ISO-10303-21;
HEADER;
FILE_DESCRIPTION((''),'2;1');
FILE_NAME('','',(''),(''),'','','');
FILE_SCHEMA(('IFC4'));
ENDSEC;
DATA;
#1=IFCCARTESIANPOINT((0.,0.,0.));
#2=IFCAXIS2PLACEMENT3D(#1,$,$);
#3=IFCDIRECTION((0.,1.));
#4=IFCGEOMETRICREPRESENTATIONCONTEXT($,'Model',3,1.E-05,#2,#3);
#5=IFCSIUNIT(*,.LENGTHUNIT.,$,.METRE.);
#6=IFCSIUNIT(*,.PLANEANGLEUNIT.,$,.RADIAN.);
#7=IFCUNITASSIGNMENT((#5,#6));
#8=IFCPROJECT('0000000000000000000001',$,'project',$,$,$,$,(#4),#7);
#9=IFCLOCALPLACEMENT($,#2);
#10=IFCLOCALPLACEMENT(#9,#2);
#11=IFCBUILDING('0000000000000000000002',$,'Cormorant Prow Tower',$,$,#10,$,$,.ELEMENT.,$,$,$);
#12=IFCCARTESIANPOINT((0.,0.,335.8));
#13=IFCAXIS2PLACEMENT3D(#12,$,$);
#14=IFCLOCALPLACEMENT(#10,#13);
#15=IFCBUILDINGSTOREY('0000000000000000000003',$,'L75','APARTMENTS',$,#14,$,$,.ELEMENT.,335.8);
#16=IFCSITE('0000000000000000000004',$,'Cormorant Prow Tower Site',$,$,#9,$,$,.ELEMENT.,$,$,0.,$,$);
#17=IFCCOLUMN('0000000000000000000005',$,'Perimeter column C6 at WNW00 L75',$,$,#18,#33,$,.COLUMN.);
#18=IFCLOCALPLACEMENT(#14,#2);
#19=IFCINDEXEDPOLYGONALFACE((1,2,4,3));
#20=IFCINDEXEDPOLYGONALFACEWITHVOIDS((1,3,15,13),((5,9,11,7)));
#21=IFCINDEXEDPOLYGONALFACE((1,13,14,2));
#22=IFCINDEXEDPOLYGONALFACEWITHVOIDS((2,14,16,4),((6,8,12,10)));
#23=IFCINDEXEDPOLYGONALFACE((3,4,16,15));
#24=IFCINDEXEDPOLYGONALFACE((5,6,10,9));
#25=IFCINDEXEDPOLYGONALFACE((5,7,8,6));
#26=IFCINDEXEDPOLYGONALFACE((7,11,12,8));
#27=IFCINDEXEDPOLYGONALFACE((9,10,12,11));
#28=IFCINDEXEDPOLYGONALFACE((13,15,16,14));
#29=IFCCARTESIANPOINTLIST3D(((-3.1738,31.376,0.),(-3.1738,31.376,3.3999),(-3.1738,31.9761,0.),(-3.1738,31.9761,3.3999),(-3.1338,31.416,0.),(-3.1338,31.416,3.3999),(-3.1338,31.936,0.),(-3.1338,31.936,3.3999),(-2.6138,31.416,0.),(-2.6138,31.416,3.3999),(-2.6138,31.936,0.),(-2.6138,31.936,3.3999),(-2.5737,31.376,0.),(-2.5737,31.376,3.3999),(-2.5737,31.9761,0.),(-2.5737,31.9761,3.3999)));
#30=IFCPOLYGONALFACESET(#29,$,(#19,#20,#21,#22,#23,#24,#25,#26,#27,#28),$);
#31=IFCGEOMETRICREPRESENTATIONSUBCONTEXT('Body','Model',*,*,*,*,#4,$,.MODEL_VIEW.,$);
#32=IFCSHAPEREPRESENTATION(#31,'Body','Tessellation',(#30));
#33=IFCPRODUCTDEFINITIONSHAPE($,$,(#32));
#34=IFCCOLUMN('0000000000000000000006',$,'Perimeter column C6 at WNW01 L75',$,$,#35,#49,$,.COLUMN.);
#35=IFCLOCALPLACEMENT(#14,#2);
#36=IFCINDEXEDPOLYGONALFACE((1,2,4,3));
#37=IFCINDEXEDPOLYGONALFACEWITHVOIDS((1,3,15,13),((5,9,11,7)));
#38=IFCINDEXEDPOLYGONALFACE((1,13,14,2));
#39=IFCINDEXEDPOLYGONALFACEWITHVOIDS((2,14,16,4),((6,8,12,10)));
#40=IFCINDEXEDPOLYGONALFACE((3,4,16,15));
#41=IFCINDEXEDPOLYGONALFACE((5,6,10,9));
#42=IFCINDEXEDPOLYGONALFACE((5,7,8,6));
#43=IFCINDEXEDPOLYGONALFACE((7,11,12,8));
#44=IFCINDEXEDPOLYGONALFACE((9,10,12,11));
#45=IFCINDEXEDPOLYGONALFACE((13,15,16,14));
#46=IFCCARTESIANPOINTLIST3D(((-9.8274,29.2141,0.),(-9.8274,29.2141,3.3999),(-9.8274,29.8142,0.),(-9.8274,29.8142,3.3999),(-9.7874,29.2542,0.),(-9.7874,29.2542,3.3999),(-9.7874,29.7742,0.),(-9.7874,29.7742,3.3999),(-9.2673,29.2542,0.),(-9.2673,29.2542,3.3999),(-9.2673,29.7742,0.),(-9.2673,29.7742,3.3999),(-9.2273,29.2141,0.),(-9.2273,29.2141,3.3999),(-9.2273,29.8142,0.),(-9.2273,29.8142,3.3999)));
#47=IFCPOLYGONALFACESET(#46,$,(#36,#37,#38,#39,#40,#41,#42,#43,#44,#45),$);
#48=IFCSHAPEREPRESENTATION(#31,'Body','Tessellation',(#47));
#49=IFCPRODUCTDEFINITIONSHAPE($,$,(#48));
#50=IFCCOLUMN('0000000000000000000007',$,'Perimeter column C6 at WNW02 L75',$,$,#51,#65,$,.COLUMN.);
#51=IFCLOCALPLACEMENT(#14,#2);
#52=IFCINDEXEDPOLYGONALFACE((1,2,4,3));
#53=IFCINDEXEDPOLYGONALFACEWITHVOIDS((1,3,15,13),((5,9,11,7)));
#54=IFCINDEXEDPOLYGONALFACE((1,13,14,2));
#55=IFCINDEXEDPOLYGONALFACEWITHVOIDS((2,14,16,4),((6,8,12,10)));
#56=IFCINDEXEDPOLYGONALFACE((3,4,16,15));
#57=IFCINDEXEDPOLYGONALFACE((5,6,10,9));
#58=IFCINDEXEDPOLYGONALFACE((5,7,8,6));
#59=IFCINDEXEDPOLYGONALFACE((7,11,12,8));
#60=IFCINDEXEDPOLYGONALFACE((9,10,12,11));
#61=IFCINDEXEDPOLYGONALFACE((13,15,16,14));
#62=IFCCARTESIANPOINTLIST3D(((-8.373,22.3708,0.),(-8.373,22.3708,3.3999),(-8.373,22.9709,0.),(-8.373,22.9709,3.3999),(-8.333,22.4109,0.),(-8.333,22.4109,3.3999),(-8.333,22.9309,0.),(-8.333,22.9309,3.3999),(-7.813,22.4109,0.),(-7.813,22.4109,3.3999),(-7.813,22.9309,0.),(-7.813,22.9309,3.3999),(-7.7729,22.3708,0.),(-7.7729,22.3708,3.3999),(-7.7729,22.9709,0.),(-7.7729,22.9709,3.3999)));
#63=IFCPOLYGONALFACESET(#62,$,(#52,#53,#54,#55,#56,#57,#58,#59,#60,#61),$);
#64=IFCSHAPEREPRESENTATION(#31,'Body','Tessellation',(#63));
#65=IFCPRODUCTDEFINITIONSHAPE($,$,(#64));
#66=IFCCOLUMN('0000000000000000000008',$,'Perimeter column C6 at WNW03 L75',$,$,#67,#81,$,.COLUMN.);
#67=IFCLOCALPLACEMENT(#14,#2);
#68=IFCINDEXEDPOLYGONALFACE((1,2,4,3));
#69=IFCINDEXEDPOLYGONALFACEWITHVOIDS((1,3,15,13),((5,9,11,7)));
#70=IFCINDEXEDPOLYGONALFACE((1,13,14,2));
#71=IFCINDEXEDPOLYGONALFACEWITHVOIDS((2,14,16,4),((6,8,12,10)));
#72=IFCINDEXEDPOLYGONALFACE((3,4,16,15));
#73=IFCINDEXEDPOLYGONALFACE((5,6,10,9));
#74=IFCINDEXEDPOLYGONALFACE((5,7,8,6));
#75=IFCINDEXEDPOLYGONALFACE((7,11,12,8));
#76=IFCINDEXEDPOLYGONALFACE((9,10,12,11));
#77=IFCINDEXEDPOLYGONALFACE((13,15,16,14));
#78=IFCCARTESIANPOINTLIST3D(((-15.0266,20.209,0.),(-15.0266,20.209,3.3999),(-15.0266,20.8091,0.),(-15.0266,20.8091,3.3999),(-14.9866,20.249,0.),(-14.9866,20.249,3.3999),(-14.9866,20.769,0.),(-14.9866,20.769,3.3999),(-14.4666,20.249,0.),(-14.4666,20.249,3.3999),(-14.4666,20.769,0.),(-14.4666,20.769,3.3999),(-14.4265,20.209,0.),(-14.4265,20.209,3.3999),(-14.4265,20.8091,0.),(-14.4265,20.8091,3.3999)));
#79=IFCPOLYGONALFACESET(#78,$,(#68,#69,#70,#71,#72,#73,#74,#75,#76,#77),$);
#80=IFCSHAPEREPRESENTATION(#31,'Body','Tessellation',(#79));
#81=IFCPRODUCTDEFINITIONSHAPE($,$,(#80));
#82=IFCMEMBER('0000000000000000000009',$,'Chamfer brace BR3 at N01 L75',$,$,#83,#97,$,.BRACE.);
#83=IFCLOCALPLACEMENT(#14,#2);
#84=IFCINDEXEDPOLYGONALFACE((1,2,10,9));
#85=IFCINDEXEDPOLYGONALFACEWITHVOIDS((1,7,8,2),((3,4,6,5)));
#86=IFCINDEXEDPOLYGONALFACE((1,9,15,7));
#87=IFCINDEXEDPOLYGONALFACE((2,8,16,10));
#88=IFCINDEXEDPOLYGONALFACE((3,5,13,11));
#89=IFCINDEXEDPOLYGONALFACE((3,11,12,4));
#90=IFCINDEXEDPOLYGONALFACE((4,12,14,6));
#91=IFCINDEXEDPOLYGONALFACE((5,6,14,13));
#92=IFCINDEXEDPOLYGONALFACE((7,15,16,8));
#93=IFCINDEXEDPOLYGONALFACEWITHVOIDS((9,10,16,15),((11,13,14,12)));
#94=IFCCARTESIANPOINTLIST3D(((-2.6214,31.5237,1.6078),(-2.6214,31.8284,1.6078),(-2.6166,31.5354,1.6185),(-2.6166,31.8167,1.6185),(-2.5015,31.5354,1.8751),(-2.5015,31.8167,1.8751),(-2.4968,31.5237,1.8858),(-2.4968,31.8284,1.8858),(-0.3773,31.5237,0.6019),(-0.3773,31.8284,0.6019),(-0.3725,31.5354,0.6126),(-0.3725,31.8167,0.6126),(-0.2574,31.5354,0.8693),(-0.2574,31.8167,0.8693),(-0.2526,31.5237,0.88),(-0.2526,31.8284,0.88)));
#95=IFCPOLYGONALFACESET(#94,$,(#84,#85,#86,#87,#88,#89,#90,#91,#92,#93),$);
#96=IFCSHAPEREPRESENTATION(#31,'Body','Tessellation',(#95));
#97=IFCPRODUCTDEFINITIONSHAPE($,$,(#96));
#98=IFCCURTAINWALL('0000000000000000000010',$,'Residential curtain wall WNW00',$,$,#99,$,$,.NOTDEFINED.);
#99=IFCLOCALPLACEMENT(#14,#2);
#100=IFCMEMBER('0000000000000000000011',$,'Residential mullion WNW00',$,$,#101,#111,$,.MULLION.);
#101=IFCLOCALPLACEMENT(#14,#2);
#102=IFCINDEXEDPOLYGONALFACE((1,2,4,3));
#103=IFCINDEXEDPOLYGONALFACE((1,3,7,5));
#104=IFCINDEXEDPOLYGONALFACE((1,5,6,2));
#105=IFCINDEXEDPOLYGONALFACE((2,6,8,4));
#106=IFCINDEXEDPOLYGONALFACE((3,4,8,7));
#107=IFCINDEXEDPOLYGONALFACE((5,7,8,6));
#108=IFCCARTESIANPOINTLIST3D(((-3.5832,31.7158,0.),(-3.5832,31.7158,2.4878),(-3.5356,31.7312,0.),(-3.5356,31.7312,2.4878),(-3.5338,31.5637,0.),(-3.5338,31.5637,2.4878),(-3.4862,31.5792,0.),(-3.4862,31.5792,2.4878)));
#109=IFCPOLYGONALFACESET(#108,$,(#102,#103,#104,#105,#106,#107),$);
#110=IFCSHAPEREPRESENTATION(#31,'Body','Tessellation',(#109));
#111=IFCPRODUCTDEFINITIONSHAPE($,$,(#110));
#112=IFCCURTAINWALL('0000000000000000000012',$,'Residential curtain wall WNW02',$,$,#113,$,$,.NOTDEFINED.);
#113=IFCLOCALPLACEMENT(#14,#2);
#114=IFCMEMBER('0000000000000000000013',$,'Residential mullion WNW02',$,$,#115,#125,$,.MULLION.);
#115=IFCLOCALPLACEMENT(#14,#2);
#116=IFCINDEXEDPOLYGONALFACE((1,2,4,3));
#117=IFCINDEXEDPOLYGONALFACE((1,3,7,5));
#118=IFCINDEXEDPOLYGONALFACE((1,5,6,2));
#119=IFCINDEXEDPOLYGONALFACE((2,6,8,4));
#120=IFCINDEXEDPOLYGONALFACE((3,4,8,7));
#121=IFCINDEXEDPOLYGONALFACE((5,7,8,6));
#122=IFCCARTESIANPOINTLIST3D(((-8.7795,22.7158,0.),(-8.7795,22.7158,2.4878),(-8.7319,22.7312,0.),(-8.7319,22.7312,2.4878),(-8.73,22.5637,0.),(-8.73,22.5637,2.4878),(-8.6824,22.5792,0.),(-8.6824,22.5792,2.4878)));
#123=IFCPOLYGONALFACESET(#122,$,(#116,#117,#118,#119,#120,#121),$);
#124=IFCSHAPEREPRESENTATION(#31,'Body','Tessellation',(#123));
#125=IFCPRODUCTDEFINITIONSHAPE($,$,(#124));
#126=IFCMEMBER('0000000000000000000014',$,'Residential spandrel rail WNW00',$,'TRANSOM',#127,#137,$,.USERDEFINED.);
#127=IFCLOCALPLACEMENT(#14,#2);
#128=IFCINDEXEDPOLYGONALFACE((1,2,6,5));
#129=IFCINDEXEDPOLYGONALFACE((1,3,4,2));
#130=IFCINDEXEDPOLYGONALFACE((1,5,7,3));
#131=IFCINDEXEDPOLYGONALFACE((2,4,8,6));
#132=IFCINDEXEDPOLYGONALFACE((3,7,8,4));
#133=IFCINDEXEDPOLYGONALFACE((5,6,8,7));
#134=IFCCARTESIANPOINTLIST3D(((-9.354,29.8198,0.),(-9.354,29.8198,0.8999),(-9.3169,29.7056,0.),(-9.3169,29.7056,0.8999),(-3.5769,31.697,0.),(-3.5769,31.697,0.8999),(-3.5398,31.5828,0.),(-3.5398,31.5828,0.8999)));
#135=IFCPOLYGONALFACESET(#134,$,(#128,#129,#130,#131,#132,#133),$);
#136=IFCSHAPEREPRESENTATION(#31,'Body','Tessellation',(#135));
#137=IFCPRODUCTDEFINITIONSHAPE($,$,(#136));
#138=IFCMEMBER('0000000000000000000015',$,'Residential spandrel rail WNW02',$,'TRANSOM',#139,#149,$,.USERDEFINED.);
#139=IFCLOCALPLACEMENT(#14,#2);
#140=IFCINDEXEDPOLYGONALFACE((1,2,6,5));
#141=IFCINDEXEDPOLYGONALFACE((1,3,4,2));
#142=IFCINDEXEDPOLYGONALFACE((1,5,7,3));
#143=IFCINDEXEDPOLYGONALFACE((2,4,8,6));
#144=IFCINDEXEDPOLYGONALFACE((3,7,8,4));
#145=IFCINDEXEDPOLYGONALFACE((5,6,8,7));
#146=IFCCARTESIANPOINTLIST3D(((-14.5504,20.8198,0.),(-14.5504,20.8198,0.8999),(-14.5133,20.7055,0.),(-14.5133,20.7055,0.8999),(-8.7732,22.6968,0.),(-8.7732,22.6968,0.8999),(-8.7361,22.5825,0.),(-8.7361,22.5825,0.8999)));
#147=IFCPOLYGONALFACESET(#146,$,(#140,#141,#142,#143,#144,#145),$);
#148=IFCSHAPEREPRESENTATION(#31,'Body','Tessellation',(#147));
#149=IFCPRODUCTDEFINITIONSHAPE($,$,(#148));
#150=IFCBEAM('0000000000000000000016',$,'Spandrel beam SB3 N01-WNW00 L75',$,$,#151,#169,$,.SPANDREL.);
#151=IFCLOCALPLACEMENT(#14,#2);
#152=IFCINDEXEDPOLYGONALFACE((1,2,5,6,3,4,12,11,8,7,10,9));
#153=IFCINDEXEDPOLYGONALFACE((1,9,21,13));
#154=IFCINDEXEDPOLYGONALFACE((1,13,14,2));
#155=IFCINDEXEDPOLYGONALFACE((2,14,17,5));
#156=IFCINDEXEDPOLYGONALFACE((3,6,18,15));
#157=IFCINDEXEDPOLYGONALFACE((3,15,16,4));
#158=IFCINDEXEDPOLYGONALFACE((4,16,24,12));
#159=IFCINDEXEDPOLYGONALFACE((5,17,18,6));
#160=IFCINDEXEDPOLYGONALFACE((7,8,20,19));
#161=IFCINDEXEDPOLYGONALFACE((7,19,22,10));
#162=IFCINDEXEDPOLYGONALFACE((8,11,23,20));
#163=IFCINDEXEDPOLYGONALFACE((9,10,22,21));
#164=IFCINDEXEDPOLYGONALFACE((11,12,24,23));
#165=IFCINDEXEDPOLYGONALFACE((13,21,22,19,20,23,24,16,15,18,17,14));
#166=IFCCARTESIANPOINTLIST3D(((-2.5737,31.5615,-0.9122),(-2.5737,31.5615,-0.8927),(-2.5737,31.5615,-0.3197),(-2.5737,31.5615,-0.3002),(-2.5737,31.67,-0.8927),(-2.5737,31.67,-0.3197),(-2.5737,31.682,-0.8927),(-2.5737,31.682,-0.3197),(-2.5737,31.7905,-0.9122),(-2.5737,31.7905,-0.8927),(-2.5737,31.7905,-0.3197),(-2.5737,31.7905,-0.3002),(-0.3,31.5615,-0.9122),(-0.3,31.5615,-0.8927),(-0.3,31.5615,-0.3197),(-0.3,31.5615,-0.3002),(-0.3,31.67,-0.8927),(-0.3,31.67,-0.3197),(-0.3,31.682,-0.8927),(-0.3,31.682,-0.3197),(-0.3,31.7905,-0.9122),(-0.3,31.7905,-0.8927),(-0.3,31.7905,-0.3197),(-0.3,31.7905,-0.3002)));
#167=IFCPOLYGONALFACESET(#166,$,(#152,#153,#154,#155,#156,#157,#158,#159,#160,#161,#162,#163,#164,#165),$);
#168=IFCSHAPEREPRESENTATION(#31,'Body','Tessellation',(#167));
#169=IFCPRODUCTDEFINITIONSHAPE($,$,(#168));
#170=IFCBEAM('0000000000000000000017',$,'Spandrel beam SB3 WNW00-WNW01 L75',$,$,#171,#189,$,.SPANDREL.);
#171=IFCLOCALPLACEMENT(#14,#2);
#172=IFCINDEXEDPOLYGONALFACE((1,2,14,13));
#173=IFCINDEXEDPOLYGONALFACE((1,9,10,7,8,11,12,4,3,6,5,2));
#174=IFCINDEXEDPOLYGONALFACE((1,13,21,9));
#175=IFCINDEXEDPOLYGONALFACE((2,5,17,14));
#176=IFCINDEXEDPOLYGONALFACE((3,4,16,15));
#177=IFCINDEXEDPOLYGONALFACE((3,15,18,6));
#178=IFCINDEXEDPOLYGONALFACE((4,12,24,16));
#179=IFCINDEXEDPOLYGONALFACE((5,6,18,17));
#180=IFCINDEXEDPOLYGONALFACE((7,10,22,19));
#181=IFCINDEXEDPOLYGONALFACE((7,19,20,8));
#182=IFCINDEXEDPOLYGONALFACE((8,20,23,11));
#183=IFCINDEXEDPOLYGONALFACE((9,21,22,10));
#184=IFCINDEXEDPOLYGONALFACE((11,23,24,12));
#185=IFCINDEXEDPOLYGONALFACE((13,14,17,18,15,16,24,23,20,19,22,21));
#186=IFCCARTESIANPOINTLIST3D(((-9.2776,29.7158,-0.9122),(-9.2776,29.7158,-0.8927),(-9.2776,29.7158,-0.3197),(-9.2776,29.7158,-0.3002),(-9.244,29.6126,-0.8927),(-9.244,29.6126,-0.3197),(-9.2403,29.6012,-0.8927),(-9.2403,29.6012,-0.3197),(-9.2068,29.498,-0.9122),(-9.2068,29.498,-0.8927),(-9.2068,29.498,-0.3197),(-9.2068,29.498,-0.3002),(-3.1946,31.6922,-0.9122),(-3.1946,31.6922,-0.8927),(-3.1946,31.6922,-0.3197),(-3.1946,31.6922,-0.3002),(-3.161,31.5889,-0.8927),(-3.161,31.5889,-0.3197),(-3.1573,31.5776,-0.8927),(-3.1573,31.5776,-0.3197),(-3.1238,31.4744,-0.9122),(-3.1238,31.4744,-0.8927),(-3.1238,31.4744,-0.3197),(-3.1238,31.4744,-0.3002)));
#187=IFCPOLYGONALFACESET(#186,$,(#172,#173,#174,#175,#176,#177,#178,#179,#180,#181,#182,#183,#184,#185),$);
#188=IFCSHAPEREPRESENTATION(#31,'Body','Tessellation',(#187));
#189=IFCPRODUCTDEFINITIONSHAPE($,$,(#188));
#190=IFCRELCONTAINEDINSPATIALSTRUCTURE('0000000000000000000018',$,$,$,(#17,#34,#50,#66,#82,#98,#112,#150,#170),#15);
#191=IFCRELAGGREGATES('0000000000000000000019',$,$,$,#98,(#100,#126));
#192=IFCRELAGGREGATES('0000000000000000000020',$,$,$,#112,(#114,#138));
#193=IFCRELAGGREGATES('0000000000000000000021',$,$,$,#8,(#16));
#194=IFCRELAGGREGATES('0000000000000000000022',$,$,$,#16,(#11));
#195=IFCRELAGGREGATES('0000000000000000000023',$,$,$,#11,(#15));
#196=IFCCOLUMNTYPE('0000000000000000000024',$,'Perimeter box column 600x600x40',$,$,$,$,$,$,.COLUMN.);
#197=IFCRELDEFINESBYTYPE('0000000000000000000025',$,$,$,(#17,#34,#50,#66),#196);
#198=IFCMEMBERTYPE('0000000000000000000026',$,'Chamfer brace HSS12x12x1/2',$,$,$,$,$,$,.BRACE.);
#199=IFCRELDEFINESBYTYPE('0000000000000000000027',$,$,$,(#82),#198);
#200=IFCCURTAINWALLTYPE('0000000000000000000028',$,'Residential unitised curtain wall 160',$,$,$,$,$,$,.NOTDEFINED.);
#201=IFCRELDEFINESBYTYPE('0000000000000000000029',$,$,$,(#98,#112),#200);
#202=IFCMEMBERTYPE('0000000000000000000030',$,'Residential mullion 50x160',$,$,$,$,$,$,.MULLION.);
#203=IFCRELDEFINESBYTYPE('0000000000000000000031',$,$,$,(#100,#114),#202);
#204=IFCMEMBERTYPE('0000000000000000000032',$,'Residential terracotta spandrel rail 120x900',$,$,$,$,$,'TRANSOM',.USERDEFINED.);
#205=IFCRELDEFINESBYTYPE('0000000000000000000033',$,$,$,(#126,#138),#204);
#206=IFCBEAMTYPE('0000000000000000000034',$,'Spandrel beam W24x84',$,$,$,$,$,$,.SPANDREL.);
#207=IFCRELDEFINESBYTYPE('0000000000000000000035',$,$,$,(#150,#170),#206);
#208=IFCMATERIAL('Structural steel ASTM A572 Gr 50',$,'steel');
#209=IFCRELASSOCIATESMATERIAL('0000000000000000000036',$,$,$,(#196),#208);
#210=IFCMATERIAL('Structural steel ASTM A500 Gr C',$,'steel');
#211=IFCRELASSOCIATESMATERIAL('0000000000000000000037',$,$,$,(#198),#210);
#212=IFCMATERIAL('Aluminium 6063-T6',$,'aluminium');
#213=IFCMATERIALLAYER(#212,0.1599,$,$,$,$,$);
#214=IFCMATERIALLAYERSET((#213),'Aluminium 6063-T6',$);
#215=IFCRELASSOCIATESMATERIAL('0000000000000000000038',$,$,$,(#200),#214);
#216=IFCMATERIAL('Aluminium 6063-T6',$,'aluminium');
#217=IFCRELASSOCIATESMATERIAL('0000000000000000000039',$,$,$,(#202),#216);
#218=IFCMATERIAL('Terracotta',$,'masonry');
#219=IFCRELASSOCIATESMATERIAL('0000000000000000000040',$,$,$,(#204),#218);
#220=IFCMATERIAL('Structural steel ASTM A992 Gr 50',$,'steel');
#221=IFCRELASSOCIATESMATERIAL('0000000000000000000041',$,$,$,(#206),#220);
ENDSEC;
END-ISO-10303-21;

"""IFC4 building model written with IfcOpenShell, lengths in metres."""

from ifc_helpers import new_model, si_unit, direction, frame, origin, origin_2d, place, context, subcontext, project, spatial, rectangle, hollow_rectangle, i_section, extrude, material, layer, layer_set, material_profile, profile_set, type_object, element, aggregate, save


model = new_model("IFC4")

# Units and contexts
model_context = context("Model", 3, precision=1e-05, world=origin(), true_north=direction((0.0, 1.0)))
body_context = subcontext(model_context, "Body", "Model", "MODEL_VIEW")
ifc_project = project(units=[si_unit("LENGTHUNIT", "METRE"), si_unit("PLANEANGLEUNIT", "RADIAN")], contexts=[model_context])

# Site, building, storey
site_placement = place(None, origin())
site = spatial("IfcSite", under=ifc_project, at=site_placement, Name="Cormorant Prow Tower Site", CompositionType="ELEMENT", RefElevation=0.0)
building_placement = place(site_placement, origin())
building = spatial("IfcBuilding", under=site, at=building_placement, Name="Cormorant Prow Tower", CompositionType="ELEMENT")
storey_placement = place(building_placement, frame((0.0, 0.0, 335.8)))
storey = spatial("IfcBuildingStorey", under=building, at=storey_placement, Name="L75", Description="APARTMENTS", CompositionType="ELEMENT", Elevation=335.8)

# Columns
ifc_material_1 = material(Name="Structural steel ASTM A572 Gr 50", Category="steel")
ifc_material_profile_1 = material_profile(ifc_material_1, hollow_rectangle(XDim=0.6001, YDim=0.6001, WallThickness=0.04, at=origin_2d()), Name="Box 600x600x40")
ifc_profile_set_1 = profile_set([ifc_material_profile_1], Name="Structural steel ASTM A572 Gr 50")
column_type = type_object("IfcColumnType", Name="Perimeter box column 600x600x40", PredefinedType="COLUMN", material=ifc_profile_set_1)
for number, where, z_axis, x_axis, name in (
    (1, (-2.8738, 31.676, 0.0), (0.0, 0.0, 1.0), (1.0, 0.0, 0.0), "Perimeter column C6 at WNW00 L75"),
    (2, (-9.5273, 29.5142, 0.0), (0.0, 0.0, 1.0), (1.0, 0.0, 0.0), "Perimeter column C6 at WNW01 L75"),
    (3, (-8.073, 22.6709, 0.0), (0.0, 0.0, 1.0), (1.0, 0.0, 0.0), "Perimeter column C6 at WNW02 L75"),
    (4, (-14.7266, 20.509, 0.0), (0.0, 0.0, 1.0), (1.0, 0.0, 0.0), "Perimeter column C6 at WNW03 L75"),
):
    element("IfcColumn", number, at=place(storey_placement, frame(where, z_axis=z_axis, x_axis=x_axis)), inside=storey, type_object=column_type, Name=name, PredefinedType="COLUMN", context=body_context, shape_type="SweptSolid", body=[
        extrude(hollow_rectangle(XDim=0.6001, YDim=0.6001, WallThickness=0.04, at=origin_2d()), origin(), (0.0, 0.0, 1.0), 3.3999),
    ])

# Member
ifc_material_2 = material(Name="Structural steel ASTM A500 Gr C", Category="steel")
ifc_material_profile_2 = material_profile(ifc_material_2, hollow_rectangle(XDim=0.3047, YDim=0.3047, WallThickness=0.0117, at=origin_2d()), Name="HSS12x12x1/2")
ifc_profile_set_2 = profile_set([ifc_material_profile_2], Name="Structural steel ASTM A500 Gr C")
member_type_1 = type_object("IfcMemberType", Name="Chamfer brace HSS12x12x1/2", PredefinedType="BRACE", material=ifc_profile_set_2)
member_1_placement = place(storey_placement, frame((-0.3149, 31.676, 0.741), z_axis=(-0.91253, 0.0, 0.40901), x_axis=(0.0, -1.0, 0.0)))
element("IfcMember", 5, at=member_1_placement, inside=storey, type_object=member_type_1, Name="Chamfer brace BR3 at N01 L75", PredefinedType="BRACE", context=body_context, shape_type="SweptSolid", body=[
    extrude(hollow_rectangle(XDim=0.3047, YDim=0.3047, WallThickness=0.0117, at=origin_2d()), origin(), (0.0, 0.0, 1.0), 2.4592),
])

# Curtain walls, members
ifc_material_3 = material(Name="Aluminium 6063-T6", Category="aluminium")
ifc_layer_1 = layer(ifc_material_3, 0.1599)
ifc_layer_set_1 = layer_set([ifc_layer_1], Name="Aluminium 6063-T6")
curtain_wall_type = type_object("IfcCurtainWallType", Name="Residential unitised curtain wall 160", PredefinedType="NOTDEFINED", material=ifc_layer_set_1)
curtain_wall_1_placement = place(storey_placement, origin())
curtain_wall_1 = element("IfcCurtainWall", 6, at=curtain_wall_1_placement, inside=storey, type_object=curtain_wall_type, Name="Residential curtain wall WNW00", PredefinedType="NOTDEFINED")
ifc_material_4 = material(Name="Aluminium 6063-T6", Category="aluminium")
ifc_material_profile_3 = material_profile(ifc_material_4, rectangle(XDim=0.1599, YDim=0.05, at=origin_2d()), Name="Residential mullion 50x160")
ifc_profile_set_3 = profile_set([ifc_material_profile_3], Name="Aluminium 6063-T6")
member_type_2 = type_object("IfcMemberType", Name="Residential mullion 50x160", PredefinedType="MULLION", material=ifc_profile_set_3)
member_2_placement = place(storey_placement, frame((-3.5347, 31.6475, 0.0), z_axis=(0.0, 0.0, 1.0), x_axis=(0.309017, -0.951057, 0.0)))
member_2 = element("IfcMember", 7, at=member_2_placement, type_object=member_type_2, Name="Residential mullion WNW00", PredefinedType="MULLION", context=body_context, shape_type="SweptSolid", body=[
    extrude(rectangle(XDim=0.1599, YDim=0.05, at=origin_2d()), origin(), (0.0, 0.0, 1.0), 2.4878),
])
curtain_wall_2_placement = place(storey_placement, origin())
curtain_wall_2 = element("IfcCurtainWall", 8, at=curtain_wall_2_placement, inside=storey, type_object=curtain_wall_type, Name="Residential curtain wall WNW02", PredefinedType="NOTDEFINED")
member_3_placement = place(storey_placement, frame((-8.731, 22.6475, 0.0), z_axis=(0.0, 0.0, 1.0), x_axis=(0.309017, -0.951057, 0.0)))
member_3 = element("IfcMember", 9, at=member_3_placement, type_object=member_type_2, Name="Residential mullion WNW02", PredefinedType="MULLION", context=body_context, shape_type="SweptSolid", body=[
    extrude(rectangle(XDim=0.1599, YDim=0.05, at=origin_2d()), origin(), (0.0, 0.0, 1.0), 2.4878),
])

# Members
ifc_material_5 = material(Name="Terracotta", Category="masonry")
ifc_material_profile_4 = material_profile(ifc_material_5, rectangle(XDim=0.1201, YDim=0.8999, at=origin_2d()), Name="Residential terracotta spandrel rail 120x900")
ifc_profile_set_4 = profile_set([ifc_material_profile_4], Name="Terracotta")
member_type_3 = type_object("IfcMemberType", Name="Residential terracotta spandrel rail 120x900", ElementType="TRANSOM", PredefinedType="USERDEFINED", material=ifc_profile_set_4)
member_4_placement = place(storey_placement, frame((-3.5583, 31.6399, 0.45), z_axis=(-0.951051, -0.309032, 0.0), x_axis=(0.309032, -0.951051, 0.0)))
member_4 = element("IfcMember", 10, at=member_4_placement, type_object=member_type_3, Name="Residential spandrel rail WNW00", ObjectType="TRANSOM", PredefinedType="USERDEFINED", context=body_context, shape_type="SweptSolid", body=[
    extrude(rectangle(XDim=0.1201, YDim=0.8999, at=origin_2d()), origin(), (0.0, 0.0, 1.0), 6.0745),
])
member_5_placement = place(storey_placement, frame((-8.7546, 22.6396, 0.45), z_axis=(-0.951063, -0.308996, 0.0), x_axis=(0.308996, -0.951063, 0.0)))
member_5 = element("IfcMember", 11, at=member_5_placement, type_object=member_type_3, Name="Residential spandrel rail WNW02", ObjectType="TRANSOM", PredefinedType="USERDEFINED", context=body_context, shape_type="SweptSolid", body=[
    extrude(rectangle(XDim=0.1201, YDim=0.8999, at=origin_2d()), origin(), (0.0, 0.0, 1.0), 6.0745),
])

# Beams
ifc_material_6 = material(Name="Structural steel ASTM A992 Gr 50", Category="steel")
ifc_material_profile_5 = material_profile(ifc_material_6, i_section(OverallWidth=0.229, OverallDepth=0.6121, WebThickness=0.012, FlangeThickness=0.0195, at=origin_2d()), Name="W24x84")
ifc_profile_set_5 = profile_set([ifc_material_profile_5], Name="Structural steel ASTM A992 Gr 50")
beam_type = type_object("IfcBeamType", Name="Spandrel beam W24x84", PredefinedType="SPANDREL", material=ifc_profile_set_5)
beam_1_placement = place(storey_placement, frame((-0.3, 31.676, -0.6062), z_axis=(-1.0, 0.0, 0.0), x_axis=(0.0, -1.0, 0.0)))
element("IfcBeam", 12, at=beam_1_placement, inside=storey, type_object=beam_type, Name="Spandrel beam SB3 N01-WNW00 L75", PredefinedType="SPANDREL", context=body_context, shape_type="SweptSolid", body=[
    extrude(i_section(OverallWidth=0.229, OverallDepth=0.6121, WebThickness=0.012, FlangeThickness=0.0195, at=origin_2d()), origin(), (0.0, 0.0, 1.0), 2.2737),
])
beam_2_placement = place(storey_placement, frame((-3.1592, 31.5833, -0.6062), z_axis=(-0.951064, -0.308993, 0.0), x_axis=(0.308993, -0.951064, 0.0)))
element("IfcBeam", 13, at=beam_2_placement, inside=storey, type_object=beam_type, Name="Spandrel beam SB3 WNW00-WNW01 L75", PredefinedType="SPANDREL", context=body_context, shape_type="SweptSolid", body=[
    extrude(i_section(OverallWidth=0.229, OverallDepth=0.6121, WebThickness=0.012, FlangeThickness=0.0195, at=origin_2d()), origin(), (0.0, 0.0, 1.0), 6.396),
])

aggregate(curtain_wall_1, [member_2, member_4])
aggregate(curtain_wall_2, [member_3, member_5])

save(model, "model.ifc")
